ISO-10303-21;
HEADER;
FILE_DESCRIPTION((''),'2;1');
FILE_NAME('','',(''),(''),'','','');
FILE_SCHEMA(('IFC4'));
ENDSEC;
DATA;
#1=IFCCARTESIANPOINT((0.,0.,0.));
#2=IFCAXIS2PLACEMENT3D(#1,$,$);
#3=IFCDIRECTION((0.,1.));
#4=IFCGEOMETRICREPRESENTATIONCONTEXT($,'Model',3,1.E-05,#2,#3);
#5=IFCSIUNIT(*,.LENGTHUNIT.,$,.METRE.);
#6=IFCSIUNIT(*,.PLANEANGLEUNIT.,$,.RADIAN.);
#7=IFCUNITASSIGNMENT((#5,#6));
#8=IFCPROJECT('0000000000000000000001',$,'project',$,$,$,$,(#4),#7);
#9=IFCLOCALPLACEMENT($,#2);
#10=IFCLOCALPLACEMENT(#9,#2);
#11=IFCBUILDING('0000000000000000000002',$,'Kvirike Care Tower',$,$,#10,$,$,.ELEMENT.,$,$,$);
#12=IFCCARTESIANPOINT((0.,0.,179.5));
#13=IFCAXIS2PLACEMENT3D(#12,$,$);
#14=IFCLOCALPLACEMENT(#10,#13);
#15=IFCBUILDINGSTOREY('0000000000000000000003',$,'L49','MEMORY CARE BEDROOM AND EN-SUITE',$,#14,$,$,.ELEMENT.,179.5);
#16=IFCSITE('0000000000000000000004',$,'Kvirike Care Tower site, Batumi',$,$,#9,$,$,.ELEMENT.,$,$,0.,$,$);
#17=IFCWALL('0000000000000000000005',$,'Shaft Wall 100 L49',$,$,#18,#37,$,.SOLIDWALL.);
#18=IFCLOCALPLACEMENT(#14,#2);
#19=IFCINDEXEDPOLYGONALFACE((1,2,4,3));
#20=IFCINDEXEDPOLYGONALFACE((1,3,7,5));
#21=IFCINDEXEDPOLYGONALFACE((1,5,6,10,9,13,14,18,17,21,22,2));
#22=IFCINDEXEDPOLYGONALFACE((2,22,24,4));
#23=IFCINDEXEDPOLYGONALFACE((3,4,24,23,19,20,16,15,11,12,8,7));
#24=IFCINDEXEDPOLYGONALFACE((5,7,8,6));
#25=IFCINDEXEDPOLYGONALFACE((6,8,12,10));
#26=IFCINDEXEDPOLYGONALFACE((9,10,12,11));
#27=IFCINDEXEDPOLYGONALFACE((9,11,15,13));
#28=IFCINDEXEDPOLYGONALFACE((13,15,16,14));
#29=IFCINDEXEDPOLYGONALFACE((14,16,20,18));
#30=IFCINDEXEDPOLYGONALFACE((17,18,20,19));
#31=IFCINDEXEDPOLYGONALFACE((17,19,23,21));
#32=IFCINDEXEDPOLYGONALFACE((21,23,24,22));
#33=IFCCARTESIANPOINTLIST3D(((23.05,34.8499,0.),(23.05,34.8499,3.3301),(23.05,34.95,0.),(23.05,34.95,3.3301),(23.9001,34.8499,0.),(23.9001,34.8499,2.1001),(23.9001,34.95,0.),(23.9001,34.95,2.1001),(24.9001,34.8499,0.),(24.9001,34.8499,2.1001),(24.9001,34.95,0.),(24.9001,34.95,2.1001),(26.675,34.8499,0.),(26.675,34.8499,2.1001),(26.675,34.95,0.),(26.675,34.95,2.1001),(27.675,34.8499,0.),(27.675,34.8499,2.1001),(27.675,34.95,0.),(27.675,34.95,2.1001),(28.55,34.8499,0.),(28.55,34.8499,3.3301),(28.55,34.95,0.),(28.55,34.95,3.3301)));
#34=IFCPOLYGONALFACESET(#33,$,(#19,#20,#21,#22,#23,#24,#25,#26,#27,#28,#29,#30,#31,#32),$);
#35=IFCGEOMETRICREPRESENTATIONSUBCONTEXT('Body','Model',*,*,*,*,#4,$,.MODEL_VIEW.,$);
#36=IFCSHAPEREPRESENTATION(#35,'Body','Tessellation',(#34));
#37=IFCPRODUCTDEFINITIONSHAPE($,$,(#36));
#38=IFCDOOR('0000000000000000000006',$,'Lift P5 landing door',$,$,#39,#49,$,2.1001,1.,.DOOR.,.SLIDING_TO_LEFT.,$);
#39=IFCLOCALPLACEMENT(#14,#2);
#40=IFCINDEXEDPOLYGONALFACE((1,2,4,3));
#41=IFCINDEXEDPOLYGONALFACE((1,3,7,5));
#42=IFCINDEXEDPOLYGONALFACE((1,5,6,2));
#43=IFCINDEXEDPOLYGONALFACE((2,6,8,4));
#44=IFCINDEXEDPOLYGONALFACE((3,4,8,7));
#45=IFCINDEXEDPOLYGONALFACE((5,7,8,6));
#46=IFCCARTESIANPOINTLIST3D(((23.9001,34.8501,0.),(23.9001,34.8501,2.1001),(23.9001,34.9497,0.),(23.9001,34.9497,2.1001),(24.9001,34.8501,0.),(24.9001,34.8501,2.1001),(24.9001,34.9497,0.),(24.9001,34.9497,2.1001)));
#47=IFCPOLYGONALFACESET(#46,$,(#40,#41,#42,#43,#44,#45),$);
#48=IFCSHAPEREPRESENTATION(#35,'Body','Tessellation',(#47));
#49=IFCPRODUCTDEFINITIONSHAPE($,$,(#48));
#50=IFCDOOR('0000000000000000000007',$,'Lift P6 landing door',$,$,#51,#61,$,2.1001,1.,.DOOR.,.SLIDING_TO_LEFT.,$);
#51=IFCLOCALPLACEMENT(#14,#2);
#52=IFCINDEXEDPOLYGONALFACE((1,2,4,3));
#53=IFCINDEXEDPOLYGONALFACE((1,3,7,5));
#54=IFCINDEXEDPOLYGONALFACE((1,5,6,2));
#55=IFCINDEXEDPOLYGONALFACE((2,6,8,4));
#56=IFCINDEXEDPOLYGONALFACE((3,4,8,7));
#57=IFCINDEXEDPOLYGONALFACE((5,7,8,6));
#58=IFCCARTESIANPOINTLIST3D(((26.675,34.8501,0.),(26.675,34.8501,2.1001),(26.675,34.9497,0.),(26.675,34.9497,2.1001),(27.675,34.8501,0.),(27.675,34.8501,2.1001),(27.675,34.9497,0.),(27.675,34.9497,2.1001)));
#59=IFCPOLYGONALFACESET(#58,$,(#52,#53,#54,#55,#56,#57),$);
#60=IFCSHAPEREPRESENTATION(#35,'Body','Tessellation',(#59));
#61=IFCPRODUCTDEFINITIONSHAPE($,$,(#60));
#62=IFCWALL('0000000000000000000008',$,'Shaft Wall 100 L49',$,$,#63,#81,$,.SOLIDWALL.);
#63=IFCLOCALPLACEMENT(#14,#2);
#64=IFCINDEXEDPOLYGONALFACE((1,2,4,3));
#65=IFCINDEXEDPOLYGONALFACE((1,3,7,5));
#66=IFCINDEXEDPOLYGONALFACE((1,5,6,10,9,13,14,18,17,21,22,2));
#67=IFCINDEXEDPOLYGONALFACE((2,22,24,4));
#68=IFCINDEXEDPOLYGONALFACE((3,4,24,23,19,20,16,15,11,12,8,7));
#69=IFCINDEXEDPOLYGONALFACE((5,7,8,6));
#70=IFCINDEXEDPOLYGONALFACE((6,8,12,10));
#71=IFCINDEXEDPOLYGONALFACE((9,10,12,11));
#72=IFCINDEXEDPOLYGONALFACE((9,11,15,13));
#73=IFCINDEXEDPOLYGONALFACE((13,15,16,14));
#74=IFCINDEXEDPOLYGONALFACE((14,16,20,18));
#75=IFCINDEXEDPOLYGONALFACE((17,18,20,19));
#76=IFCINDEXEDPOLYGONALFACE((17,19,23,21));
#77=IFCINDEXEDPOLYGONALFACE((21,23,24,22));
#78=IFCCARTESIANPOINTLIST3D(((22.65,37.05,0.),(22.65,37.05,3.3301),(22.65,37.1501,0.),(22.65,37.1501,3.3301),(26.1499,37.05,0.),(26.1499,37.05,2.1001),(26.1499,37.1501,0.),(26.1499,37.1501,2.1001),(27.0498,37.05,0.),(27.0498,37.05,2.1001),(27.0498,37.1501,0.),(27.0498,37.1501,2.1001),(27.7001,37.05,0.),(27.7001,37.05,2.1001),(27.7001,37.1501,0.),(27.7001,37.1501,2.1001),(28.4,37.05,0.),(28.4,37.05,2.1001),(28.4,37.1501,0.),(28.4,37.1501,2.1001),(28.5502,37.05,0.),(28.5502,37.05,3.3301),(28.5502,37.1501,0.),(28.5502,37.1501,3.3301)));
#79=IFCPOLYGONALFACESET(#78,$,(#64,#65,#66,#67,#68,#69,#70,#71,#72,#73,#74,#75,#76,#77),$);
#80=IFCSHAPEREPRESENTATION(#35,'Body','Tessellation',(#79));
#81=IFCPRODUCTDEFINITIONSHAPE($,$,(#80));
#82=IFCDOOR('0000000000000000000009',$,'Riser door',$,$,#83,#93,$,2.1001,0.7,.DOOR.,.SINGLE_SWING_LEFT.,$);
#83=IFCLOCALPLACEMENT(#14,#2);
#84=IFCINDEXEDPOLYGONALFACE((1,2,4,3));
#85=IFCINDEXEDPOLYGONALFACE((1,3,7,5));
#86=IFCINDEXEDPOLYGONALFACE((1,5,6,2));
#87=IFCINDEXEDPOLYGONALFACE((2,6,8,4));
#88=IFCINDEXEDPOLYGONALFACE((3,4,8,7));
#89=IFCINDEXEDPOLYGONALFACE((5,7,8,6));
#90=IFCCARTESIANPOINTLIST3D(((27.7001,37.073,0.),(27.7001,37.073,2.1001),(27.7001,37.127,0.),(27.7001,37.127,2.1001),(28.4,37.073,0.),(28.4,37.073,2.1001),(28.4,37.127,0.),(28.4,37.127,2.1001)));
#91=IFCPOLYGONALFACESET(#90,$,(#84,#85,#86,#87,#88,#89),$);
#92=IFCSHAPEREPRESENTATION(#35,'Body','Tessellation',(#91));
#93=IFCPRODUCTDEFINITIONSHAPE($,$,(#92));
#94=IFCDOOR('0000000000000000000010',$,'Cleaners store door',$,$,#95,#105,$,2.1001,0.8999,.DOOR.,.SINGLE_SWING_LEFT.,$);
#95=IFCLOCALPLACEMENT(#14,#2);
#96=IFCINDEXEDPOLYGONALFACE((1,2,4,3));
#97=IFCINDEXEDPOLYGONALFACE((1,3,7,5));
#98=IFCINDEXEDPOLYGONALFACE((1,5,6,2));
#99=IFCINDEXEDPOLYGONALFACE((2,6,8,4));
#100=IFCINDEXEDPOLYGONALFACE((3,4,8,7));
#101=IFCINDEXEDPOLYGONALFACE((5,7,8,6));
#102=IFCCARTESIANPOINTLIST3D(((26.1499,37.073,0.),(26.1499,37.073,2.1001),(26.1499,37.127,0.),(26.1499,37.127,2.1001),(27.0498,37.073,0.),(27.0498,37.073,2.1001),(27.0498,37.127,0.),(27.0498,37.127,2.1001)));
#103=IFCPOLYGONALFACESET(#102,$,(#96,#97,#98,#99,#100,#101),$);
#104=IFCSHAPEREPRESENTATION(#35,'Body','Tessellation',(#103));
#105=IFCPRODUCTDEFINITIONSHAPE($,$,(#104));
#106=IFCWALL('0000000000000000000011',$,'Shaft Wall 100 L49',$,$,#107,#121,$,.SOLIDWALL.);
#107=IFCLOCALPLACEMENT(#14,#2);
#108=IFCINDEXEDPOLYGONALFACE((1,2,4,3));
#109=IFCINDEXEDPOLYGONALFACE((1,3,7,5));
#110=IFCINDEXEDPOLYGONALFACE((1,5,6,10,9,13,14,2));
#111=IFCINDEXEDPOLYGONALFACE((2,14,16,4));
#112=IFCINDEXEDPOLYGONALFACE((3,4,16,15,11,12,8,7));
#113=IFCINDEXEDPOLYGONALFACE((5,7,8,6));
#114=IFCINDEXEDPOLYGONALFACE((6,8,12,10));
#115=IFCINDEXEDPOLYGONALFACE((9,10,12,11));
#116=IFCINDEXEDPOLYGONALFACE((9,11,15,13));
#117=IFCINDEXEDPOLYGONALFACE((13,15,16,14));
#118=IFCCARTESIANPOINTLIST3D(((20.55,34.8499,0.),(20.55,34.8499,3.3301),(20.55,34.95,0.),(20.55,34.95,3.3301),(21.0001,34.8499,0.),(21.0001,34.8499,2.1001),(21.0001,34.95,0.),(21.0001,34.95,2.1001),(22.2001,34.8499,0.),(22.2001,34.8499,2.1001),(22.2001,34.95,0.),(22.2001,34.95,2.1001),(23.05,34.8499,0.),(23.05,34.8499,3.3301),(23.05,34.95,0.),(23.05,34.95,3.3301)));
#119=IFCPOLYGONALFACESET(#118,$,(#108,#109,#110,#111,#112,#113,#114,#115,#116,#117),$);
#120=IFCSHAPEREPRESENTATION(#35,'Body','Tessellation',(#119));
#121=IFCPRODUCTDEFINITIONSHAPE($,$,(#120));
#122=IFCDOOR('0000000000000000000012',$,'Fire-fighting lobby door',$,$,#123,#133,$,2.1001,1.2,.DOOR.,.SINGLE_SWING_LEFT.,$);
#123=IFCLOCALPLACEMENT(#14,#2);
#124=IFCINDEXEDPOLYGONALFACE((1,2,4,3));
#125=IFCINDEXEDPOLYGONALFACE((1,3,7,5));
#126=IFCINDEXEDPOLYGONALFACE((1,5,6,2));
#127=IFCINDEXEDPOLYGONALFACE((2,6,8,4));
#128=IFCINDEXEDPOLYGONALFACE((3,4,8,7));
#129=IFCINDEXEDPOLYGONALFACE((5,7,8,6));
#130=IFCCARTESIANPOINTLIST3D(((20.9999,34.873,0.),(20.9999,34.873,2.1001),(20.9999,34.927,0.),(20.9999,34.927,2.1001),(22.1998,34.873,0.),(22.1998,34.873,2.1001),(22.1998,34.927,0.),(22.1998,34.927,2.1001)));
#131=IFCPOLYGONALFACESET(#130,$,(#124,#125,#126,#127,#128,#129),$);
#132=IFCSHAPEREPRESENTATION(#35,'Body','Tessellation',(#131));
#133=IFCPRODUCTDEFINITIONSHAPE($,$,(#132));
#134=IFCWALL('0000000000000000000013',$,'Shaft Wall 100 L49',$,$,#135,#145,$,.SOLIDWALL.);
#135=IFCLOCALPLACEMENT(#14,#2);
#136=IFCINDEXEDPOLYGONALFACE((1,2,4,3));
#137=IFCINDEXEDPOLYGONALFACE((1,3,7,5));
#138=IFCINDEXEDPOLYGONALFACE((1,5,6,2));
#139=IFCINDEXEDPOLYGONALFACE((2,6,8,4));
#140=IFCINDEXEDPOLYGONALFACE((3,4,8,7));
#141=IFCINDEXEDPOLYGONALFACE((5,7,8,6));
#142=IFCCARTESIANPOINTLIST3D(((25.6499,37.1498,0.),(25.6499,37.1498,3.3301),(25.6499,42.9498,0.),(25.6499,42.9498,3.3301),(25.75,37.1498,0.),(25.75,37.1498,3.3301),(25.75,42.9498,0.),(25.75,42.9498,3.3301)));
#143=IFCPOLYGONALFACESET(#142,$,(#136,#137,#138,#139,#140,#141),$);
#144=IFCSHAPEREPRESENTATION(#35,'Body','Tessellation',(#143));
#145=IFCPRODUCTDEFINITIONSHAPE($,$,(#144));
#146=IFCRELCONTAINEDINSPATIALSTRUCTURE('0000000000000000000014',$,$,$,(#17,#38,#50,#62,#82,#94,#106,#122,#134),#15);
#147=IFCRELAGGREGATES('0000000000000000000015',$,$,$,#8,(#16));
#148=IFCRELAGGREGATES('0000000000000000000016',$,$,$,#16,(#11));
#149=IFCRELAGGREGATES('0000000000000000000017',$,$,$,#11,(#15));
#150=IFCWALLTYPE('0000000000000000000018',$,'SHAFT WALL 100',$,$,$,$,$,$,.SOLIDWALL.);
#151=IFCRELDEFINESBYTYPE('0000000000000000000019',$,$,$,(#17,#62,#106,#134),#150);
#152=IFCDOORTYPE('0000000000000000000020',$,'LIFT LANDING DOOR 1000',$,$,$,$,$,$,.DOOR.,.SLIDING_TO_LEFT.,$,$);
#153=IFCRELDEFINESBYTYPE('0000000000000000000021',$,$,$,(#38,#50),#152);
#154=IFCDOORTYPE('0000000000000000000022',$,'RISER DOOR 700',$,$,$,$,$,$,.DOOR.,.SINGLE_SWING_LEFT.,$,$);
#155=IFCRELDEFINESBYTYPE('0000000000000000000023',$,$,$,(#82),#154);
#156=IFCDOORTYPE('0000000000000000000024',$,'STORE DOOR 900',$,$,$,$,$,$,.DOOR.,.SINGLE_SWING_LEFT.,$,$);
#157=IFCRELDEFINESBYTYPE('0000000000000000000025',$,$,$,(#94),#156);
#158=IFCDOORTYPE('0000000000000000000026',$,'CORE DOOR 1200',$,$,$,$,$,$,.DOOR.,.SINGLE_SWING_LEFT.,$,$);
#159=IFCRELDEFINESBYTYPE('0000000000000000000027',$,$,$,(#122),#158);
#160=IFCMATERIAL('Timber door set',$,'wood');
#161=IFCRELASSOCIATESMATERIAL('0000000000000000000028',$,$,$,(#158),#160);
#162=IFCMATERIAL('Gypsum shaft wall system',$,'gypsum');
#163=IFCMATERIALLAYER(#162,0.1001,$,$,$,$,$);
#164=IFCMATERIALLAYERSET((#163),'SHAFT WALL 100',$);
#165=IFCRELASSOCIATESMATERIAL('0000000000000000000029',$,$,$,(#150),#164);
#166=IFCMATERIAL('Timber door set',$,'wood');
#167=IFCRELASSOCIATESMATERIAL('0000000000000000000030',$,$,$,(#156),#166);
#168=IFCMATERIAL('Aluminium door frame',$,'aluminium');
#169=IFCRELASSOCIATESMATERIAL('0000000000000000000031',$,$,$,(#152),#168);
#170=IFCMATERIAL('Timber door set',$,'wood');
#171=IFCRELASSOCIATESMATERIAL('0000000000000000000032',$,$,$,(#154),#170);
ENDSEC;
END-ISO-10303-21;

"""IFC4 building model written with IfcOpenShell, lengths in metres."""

from ifc_helpers import new_model, si_unit, direction, frame, frame_2d, origin, place, context, subcontext, project, spatial, rectangle, extrude, material, layer, layer_set, type_object, element, fill, save


model = new_model("IFC4")

# Units and contexts
model_context = context("Model", 3, precision=1e-05, world=origin(), true_north=direction((0.0, 1.0)))
body_context = subcontext(model_context, "Body", "Model", "MODEL_VIEW")
ifc_project = project(units=[si_unit("LENGTHUNIT", "METRE"), si_unit("PLANEANGLEUNIT", "RADIAN")], contexts=[model_context])

# Site, building, storey
site_placement = place(None, origin())
site = spatial("IfcSite", under=ifc_project, at=site_placement, Name="Kvirike Care Tower site, Batumi", CompositionType="ELEMENT", RefElevation=0.0)
building_placement = place(site_placement, origin())
building = spatial("IfcBuilding", under=site, at=building_placement, Name="Kvirike Care Tower", CompositionType="ELEMENT")
storey_placement = place(building_placement, frame((0.0, 0.0, 179.5)))
storey = spatial("IfcBuildingStorey", under=building, at=storey_placement, Name="L49", Description="MEMORY CARE BEDROOM AND EN-SUITE", CompositionType="ELEMENT", Elevation=179.5)

# Shared definitions
ifc_material_1 = material(Name="Timber door set", Category="wood")
door_type_1 = type_object("IfcDoorType", Name="CORE DOOR 1200", OperationType="SINGLE_SWING_LEFT", PredefinedType="DOOR", material=ifc_material_1)

# Shared definitions
ifc_material_2 = material(Name="Gypsum shaft wall system", Category="gypsum")
ifc_layer_1 = layer(ifc_material_2, 0.1001)
ifc_layer_set_1 = layer_set([ifc_layer_1], Name="SHAFT WALL 100")
wall_type_1 = type_object("IfcWallType", Name="SHAFT WALL 100", PredefinedType="SOLIDWALL", material=ifc_layer_set_1)

# Shared definitions
ifc_material_3 = material(Name="Timber door set", Category="wood")
door_type_2 = type_object("IfcDoorType", Name="STORE DOOR 900", OperationType="SINGLE_SWING_LEFT", PredefinedType="DOOR", material=ifc_material_3)

# Walls, openings, doors
wall_1_placement = place(storey_placement, frame((23.05, 34.8999, 0.0), z_axis=(0.0, 0.0, 1.0), x_axis=(1.0, 0.0, 0.0)))
wall_1 = element("IfcWall", 1, at=wall_1_placement, inside=storey, type_object=wall_type_1, Name="Shaft Wall 100 L49", PredefinedType="SOLIDWALL", context=body_context, shape_type="SweptSolid", body=[
    extrude(rectangle(XDim=5.5, YDim=0.1001, at=frame_2d((2.75, 0.0))), origin(), (0.0, 0.0, 1.0), 3.3301),
])
opening_1_placement = place(wall_1_placement, frame((0.8501, 0.0, 0.0)))
opening_1 = element("IfcOpeningElement", 2, at=opening_1_placement, cuts=wall_1, PredefinedType="OPENING", context=body_context, shape_type="SweptSolid", body=[
    extrude(rectangle(XDim=1.0, YDim=2.1001, at=frame_2d((0.5, 1.05))), frame((0.0, 0.0605, 0.0), z_axis=(0.0, -1.0, 0.0), x_axis=(1.0, 0.0, 0.0)), (0.0, 0.0, 1.0), 0.1211),
])
opening_2_placement = place(wall_1_placement, frame((3.625, 0.0, 0.0)))
opening_2 = element("IfcOpeningElement", 3, at=opening_2_placement, cuts=wall_1, PredefinedType="OPENING", context=body_context, shape_type="SweptSolid", body=[
    extrude(rectangle(XDim=1.0, YDim=2.1001, at=frame_2d((0.5, 1.05))), frame((0.0, 0.0605, 0.0), z_axis=(0.0, -1.0, 0.0), x_axis=(1.0, 0.0, 0.0)), (0.0, 0.0, 1.0), 0.1211),
])
ifc_material_4 = material(Name="Aluminium door frame", Category="aluminium")
door_type_3 = type_object("IfcDoorType", Name="LIFT LANDING DOOR 1000", OperationType="SLIDING_TO_LEFT", PredefinedType="DOOR", material=ifc_material_4)
door_1_placement = place(opening_1_placement, origin())
door_1 = element("IfcDoor", 4, at=door_1_placement, inside=storey, type_object=door_type_3, Name="Lift P5 landing door", OperationType="SLIDING_TO_LEFT", OverallHeight=2.1001, OverallWidth=1.0, PredefinedType="DOOR", context=body_context, shape_type="SweptSolid", body=[
    extrude(rectangle(XDim=1.0, YDim=2.1001, at=frame_2d((0.5, 1.05))), frame((0.0, 0.0498, 0.0), z_axis=(0.0, -1.0, 0.0), x_axis=(1.0, 0.0, 0.0)), (0.0, 0.0, 1.0), 0.0996),
])
fill(opening_1, door_1)
door_2_placement = place(opening_2_placement, origin())
door_2 = element("IfcDoor", 5, at=door_2_placement, inside=storey, type_object=door_type_3, Name="Lift P6 landing door", OperationType="SLIDING_TO_LEFT", OverallHeight=2.1001, OverallWidth=1.0, PredefinedType="DOOR", context=body_context, shape_type="SweptSolid", body=[
    extrude(rectangle(XDim=1.0, YDim=2.1001, at=frame_2d((0.5, 1.05))), frame((0.0, 0.0498, 0.0), z_axis=(0.0, -1.0, 0.0), x_axis=(1.0, 0.0, 0.0)), (0.0, 0.0, 1.0), 0.0996),
])
fill(opening_2, door_2)
wall_2_placement = place(storey_placement, frame((22.6499, 37.1001, 0.0), z_axis=(0.0, 0.0, 1.0), x_axis=(1.0, 0.0, 0.0)))
wall_2 = element("IfcWall", 6, at=wall_2_placement, inside=storey, type_object=wall_type_1, Name="Shaft Wall 100 L49", PredefinedType="SOLIDWALL", context=body_context, shape_type="SweptSolid", body=[
    extrude(rectangle(XDim=5.9001, YDim=0.1001, at=frame_2d((2.9502, 0.0))), origin(), (0.0, 0.0, 1.0), 3.3301),
])
opening_3_placement = place(wall_2_placement, frame((3.5, 0.0, 0.0)))
opening_3 = element("IfcOpeningElement", 7, at=opening_3_placement, cuts=wall_2, PredefinedType="OPENING", context=body_context, shape_type="SweptSolid", body=[
    extrude(rectangle(XDim=0.8999, YDim=2.1001, at=frame_2d((0.45, 1.05))), frame((0.0, 0.0605, 0.0), z_axis=(0.0, -1.0, 0.0), x_axis=(1.0, 0.0, 0.0)), (0.0, 0.0, 1.0), 0.1211),
])
opening_4_placement = place(wall_2_placement, frame((5.05, 0.0, 0.0)))
opening_4 = element("IfcOpeningElement", 8, at=opening_4_placement, cuts=wall_2, PredefinedType="OPENING", context=body_context, shape_type="SweptSolid", body=[
    extrude(rectangle(XDim=0.7, YDim=2.1001, at=frame_2d((0.3501, 1.05))), frame((0.0, 0.0605, 0.0), z_axis=(0.0, -1.0, 0.0), x_axis=(1.0, 0.0, 0.0)), (0.0, 0.0, 1.0), 0.1211),
])
ifc_material_5 = material(Name="Timber door set", Category="wood")
door_type_4 = type_object("IfcDoorType", Name="RISER DOOR 700", OperationType="SINGLE_SWING_LEFT", PredefinedType="DOOR", material=ifc_material_5)
door_3_placement = place(opening_4_placement, origin())
door_3 = element("IfcDoor", 9, at=door_3_placement, inside=storey, type_object=door_type_4, Name="Riser door", OperationType="SINGLE_SWING_LEFT", OverallHeight=2.1001, OverallWidth=0.7, PredefinedType="DOOR", context=body_context, shape_type="SweptSolid", body=[
    extrude(rectangle(XDim=0.7, YDim=2.1001, at=frame_2d((0.3501, 1.05))), frame((0.0, 0.0269, 0.0), z_axis=(0.0, -1.0, 0.0), x_axis=(1.0, 0.0, 0.0)), (0.0, 0.0, 1.0), 0.054),
])
fill(opening_4, door_3)
door_4_placement = place(opening_3_placement, origin())
door_4 = element("IfcDoor", 10, at=door_4_placement, inside=storey, type_object=door_type_2, Name="Cleaners store door", OperationType="SINGLE_SWING_LEFT", OverallHeight=2.1001, OverallWidth=0.8999, PredefinedType="DOOR", context=body_context, shape_type="SweptSolid", body=[
    extrude(rectangle(XDim=0.8999, YDim=2.1001, at=frame_2d((0.45, 1.05))), frame((0.0, 0.0269, 0.0), z_axis=(0.0, -1.0, 0.0), x_axis=(1.0, 0.0, 0.0)), (0.0, 0.0, 1.0), 0.054),
])
fill(opening_3, door_4)

# Wall, opening, door
wall_3_placement = place(storey_placement, frame((20.55, 34.8999, 0.0), z_axis=(0.0, 0.0, 1.0), x_axis=(1.0, 0.0, 0.0)))
wall_3 = element("IfcWall", 11, at=wall_3_placement, inside=storey, type_object=wall_type_1, Name="Shaft Wall 100 L49", PredefinedType="SOLIDWALL", context=body_context, shape_type="SweptSolid", body=[
    extrude(rectangle(XDim=2.5, YDim=0.1001, at=frame_2d((1.25, 0.0))), origin(), (0.0, 0.0, 1.0), 3.3301),
])
opening_5_placement = place(wall_3_placement, frame((0.45, 0.0, 0.0)))
opening_5 = element("IfcOpeningElement", 12, at=opening_5_placement, cuts=wall_3, PredefinedType="OPENING", context=body_context, shape_type="SweptSolid", body=[
    extrude(rectangle(XDim=1.2, YDim=2.1001, at=frame_2d((0.6001, 1.05))), frame((0.0, 0.0605, 0.0), z_axis=(0.0, -1.0, 0.0), x_axis=(1.0, 0.0, 0.0)), (0.0, 0.0, 1.0), 0.1211),
])
door_5_placement = place(opening_5_placement, frame((1.2, 0.0, 0.0), z_axis=(0.0, 0.0, 1.0), x_axis=(-1.0, 0.0, 0.0)))
door_5 = element("IfcDoor", 13, at=door_5_placement, inside=storey, type_object=door_type_1, Name="Fire-fighting lobby door", OperationType="SINGLE_SWING_LEFT", OverallHeight=2.1001, OverallWidth=1.2, PredefinedType="DOOR", context=body_context, shape_type="SweptSolid", body=[
    extrude(rectangle(XDim=1.2, YDim=2.1001, at=frame_2d((0.6001, 1.05))), frame((0.0, 0.0269, 0.0), z_axis=(0.0, -1.0, 0.0), x_axis=(1.0, 0.0, 0.0)), (0.0, 0.0, 1.0), 0.054),
])
fill(opening_5, door_5)

# Wall
wall_4_placement = place(storey_placement, frame((25.7, 37.1499, 0.0), z_axis=(0.0, 0.0, 1.0), x_axis=(0.0, 1.0, 0.0)))
element("IfcWall", 14, at=wall_4_placement, inside=storey, type_object=wall_type_1, Name="Shaft Wall 100 L49", PredefinedType="SOLIDWALL", context=body_context, shape_type="SweptSolid", body=[
    extrude(rectangle(XDim=5.8, YDim=0.1001, at=frame_2d((2.8999, 0.0))), origin(), (0.0, 0.0, 1.0), 3.3301),
])

save(model, "model.ifc")
